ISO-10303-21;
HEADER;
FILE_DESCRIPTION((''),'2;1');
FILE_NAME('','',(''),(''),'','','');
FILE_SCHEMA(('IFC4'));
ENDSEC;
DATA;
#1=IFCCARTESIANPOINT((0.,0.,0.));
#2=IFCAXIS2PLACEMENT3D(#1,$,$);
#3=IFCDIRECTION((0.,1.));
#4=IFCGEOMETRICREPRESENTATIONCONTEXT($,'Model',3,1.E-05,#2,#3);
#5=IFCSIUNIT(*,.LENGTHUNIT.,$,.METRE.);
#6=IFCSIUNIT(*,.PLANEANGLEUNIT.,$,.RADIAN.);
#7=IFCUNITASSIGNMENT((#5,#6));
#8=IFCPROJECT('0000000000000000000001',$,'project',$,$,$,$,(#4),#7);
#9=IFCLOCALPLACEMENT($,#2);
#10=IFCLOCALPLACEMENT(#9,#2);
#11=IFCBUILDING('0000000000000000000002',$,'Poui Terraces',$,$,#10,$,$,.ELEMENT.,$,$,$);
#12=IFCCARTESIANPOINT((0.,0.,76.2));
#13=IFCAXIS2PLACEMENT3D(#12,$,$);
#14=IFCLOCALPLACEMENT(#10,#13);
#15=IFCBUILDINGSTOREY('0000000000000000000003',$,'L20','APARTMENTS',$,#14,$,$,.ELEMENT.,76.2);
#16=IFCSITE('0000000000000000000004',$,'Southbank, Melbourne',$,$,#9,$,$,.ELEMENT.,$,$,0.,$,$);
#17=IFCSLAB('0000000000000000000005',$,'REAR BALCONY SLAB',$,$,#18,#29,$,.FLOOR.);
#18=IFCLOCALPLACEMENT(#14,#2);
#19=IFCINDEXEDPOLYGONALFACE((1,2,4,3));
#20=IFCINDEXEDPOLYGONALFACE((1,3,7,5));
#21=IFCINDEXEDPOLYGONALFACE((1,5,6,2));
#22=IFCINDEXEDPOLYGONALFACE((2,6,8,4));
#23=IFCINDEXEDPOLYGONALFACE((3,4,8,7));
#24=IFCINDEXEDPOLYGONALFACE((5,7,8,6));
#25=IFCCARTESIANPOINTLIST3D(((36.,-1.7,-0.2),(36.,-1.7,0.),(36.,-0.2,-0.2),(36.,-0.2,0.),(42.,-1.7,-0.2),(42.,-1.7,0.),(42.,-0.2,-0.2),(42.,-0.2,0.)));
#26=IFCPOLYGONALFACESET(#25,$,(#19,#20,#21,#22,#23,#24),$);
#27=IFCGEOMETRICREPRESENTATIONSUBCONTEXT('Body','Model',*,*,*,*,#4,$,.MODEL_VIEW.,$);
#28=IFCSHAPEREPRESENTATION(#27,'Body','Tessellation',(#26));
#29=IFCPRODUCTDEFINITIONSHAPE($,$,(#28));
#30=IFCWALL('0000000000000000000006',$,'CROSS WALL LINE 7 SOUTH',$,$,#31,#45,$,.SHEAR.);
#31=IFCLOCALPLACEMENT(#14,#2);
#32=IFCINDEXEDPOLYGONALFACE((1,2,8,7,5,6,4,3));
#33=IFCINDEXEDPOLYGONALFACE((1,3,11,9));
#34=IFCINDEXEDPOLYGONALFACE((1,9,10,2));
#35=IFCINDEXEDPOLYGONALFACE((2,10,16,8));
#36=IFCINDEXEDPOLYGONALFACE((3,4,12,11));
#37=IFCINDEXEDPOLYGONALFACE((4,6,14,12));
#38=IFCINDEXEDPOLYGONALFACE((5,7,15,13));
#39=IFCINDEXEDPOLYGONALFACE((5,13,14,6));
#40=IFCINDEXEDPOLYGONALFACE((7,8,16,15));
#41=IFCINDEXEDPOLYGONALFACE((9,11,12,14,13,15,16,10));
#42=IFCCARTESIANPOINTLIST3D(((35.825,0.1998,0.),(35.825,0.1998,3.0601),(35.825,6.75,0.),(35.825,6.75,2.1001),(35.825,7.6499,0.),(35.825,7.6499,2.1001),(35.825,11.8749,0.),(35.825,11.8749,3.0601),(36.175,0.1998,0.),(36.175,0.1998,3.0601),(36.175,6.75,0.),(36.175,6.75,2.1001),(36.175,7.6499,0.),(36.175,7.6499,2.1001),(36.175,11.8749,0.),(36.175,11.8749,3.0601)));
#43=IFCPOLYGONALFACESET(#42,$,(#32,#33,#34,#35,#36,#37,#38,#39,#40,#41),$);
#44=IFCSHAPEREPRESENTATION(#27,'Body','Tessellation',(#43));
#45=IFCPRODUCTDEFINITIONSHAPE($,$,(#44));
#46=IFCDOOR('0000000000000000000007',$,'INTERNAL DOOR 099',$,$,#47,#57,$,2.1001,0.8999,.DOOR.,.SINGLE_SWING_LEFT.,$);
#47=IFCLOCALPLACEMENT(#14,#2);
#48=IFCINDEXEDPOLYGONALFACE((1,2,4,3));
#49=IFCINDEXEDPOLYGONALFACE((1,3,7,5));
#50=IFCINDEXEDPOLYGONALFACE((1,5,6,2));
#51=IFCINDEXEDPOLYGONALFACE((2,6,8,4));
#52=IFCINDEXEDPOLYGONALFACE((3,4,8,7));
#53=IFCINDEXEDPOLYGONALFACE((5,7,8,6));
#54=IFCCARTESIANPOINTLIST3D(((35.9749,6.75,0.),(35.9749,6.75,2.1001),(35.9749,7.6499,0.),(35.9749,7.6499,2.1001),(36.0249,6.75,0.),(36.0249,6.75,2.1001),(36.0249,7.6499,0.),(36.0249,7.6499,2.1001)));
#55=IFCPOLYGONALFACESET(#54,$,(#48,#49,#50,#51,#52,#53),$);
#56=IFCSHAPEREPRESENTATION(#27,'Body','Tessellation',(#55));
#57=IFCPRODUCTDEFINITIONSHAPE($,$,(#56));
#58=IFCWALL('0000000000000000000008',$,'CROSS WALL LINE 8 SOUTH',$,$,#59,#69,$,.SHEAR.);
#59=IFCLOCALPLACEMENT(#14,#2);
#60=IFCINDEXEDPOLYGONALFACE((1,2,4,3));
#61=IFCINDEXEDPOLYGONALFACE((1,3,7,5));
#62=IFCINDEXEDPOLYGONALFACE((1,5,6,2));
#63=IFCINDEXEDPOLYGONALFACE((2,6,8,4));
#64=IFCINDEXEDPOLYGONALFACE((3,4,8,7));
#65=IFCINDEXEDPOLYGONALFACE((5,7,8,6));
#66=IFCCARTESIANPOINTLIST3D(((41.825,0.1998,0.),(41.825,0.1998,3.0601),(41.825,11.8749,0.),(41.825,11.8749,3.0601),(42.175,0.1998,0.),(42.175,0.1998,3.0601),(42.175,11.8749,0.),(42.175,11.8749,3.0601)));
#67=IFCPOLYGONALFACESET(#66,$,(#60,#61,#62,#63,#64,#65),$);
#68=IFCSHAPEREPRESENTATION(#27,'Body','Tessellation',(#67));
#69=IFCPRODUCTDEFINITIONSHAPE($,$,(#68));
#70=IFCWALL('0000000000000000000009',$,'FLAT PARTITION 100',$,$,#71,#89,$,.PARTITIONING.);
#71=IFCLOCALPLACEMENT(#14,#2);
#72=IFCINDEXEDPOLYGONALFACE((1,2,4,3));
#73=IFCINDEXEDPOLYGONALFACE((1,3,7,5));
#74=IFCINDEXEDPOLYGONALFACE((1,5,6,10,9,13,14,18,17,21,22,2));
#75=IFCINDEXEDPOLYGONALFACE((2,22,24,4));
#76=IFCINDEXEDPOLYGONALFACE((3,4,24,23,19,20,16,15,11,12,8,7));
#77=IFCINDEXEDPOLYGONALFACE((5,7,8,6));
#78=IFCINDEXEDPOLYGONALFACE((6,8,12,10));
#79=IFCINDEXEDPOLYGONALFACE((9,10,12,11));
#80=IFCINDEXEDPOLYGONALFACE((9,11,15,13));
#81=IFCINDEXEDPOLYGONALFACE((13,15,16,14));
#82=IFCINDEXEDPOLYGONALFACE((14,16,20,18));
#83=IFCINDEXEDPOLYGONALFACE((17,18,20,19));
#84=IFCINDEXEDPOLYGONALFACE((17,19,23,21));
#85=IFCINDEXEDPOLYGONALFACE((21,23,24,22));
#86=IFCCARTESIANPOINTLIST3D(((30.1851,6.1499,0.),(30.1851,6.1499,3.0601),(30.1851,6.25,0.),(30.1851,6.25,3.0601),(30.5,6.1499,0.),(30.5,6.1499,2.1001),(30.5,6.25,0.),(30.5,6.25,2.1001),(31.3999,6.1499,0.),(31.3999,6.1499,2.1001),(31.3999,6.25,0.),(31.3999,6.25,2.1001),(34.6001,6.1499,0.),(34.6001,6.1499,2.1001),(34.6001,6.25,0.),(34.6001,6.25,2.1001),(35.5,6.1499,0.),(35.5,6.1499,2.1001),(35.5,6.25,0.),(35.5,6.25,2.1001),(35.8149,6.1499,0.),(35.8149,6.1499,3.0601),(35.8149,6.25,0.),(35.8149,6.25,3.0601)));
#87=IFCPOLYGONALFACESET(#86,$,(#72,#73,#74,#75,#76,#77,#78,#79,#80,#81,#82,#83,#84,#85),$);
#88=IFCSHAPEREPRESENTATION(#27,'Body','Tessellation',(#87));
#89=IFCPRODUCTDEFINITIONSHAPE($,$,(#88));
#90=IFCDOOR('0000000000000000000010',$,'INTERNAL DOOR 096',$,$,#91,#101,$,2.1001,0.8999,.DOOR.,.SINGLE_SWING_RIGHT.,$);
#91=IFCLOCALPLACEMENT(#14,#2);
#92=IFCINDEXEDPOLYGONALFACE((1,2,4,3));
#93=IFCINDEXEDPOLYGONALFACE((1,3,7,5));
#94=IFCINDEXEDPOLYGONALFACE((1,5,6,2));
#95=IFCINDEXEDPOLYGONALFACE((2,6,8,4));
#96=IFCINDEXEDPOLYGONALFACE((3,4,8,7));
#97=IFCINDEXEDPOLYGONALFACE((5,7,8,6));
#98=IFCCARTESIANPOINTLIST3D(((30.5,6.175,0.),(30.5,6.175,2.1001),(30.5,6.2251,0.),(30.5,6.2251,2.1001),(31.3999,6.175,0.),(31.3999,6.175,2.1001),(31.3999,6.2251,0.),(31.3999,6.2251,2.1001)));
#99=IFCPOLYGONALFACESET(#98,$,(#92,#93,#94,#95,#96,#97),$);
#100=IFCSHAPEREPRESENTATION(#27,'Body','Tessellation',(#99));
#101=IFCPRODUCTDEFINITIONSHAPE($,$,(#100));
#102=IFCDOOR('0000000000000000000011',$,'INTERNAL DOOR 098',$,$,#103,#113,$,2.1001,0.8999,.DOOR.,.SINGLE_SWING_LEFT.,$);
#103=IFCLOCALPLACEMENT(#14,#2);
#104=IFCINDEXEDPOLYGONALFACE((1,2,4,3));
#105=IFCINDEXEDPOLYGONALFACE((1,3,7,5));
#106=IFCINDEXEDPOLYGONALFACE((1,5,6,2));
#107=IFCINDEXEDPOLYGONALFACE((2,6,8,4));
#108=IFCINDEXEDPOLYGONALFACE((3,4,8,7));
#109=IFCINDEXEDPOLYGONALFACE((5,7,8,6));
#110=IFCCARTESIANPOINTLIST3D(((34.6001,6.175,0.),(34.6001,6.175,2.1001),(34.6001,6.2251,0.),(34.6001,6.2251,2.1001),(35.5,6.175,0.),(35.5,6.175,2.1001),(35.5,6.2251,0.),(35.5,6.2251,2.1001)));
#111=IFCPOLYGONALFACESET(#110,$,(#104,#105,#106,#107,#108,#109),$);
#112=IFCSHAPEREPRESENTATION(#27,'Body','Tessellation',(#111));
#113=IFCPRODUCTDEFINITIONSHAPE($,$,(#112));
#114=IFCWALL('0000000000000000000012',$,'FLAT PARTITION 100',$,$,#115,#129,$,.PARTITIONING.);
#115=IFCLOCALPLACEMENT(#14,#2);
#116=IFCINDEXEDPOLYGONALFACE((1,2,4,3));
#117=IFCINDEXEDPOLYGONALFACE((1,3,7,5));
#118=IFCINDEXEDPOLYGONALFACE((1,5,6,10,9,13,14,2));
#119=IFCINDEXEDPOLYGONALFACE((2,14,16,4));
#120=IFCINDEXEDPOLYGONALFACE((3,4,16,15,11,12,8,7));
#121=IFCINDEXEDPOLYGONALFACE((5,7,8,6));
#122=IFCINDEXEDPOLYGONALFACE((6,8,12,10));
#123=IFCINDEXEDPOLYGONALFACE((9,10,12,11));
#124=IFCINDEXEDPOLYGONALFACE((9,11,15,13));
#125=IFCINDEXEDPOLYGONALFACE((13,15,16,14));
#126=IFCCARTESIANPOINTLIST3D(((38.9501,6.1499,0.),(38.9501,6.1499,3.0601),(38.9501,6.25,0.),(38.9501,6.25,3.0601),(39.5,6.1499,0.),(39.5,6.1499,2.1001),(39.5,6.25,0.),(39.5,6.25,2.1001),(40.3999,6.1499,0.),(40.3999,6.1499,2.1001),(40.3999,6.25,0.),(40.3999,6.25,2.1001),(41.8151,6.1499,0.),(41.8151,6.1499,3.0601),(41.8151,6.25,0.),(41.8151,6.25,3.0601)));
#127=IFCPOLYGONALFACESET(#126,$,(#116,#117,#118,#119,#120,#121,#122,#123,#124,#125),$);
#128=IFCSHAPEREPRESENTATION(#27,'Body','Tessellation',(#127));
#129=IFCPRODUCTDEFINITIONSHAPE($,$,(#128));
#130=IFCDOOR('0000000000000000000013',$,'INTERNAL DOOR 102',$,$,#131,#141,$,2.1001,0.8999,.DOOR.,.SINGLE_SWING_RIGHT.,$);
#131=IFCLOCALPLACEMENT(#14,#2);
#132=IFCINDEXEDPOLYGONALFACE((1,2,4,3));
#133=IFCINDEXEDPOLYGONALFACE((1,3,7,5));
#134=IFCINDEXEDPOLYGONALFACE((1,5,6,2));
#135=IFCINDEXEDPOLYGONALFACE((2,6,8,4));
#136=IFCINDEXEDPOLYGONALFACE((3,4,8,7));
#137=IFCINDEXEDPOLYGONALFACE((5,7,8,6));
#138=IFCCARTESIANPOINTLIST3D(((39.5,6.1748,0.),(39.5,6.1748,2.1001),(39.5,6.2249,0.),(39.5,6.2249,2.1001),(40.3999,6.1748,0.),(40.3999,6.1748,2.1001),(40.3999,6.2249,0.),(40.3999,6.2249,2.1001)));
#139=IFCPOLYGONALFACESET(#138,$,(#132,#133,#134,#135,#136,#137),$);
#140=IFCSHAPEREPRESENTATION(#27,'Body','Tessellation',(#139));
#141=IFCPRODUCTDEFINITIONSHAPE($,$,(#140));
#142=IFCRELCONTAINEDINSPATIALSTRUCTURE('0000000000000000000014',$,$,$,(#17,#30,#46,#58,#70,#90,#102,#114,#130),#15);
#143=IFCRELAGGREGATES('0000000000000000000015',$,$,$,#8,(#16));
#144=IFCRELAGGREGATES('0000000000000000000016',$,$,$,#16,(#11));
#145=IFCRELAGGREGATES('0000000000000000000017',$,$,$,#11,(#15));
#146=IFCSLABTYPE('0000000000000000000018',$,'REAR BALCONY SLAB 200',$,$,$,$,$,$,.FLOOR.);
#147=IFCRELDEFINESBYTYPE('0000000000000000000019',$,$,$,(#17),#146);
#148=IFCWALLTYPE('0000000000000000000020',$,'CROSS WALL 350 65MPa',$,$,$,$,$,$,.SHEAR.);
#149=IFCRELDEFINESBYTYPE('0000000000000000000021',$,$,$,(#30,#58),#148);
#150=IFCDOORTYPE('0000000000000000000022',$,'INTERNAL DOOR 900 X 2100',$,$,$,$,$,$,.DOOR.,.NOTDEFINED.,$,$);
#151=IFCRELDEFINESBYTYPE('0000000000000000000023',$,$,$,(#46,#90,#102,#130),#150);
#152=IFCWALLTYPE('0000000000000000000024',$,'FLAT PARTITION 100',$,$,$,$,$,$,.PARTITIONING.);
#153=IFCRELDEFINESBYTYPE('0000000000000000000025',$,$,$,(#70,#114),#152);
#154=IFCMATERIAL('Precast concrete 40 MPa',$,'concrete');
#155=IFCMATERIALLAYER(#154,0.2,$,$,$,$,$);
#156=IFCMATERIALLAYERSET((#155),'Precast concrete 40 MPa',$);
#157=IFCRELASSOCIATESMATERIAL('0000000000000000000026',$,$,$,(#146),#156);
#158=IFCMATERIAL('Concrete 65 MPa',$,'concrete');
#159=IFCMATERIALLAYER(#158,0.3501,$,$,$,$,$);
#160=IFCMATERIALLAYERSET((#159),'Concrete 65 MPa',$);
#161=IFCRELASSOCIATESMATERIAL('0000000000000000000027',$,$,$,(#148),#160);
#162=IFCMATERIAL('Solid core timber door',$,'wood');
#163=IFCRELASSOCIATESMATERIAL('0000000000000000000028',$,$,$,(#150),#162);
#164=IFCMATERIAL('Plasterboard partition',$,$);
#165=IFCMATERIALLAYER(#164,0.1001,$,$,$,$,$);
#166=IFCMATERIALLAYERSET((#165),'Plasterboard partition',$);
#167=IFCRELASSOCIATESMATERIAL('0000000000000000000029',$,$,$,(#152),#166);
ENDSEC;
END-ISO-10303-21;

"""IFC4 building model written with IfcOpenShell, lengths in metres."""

from ifc_helpers import new_model, si_unit, direction, frame, frame_2d, origin, place, context, subcontext, project, spatial, polyline, rectangle, outline, extrude, source, transform, mapped, material, layer, layer_set, type_object, element, fill, save


model = new_model("IFC4")

# Units and contexts
model_context = context("Model", 3, precision=1e-05, world=origin(), true_north=direction((0.0, 1.0)))
body_context = subcontext(model_context, "Body", "Model", "MODEL_VIEW")
ifc_project = project(units=[si_unit("LENGTHUNIT", "METRE"), si_unit("PLANEANGLEUNIT", "RADIAN")], contexts=[model_context])

# Site, building, storey
site_placement = place(None, origin())
site = spatial("IfcSite", under=ifc_project, at=site_placement, Name="Southbank, Melbourne", CompositionType="ELEMENT", RefElevation=0.0)
building_placement = place(site_placement, origin())
building = spatial("IfcBuilding", under=site, at=building_placement, Name="Poui Terraces", CompositionType="ELEMENT")
storey_placement = place(building_placement, frame((0.0, 0.0, 76.2)))
storey = spatial("IfcBuildingStorey", under=building, at=storey_placement, Name="L20", Description="APARTMENTS", CompositionType="ELEMENT", Elevation=76.2)

# Slab
ifc_material_1 = material(Name="Precast concrete 40 MPa", Category="concrete")
ifc_layer_1 = layer(ifc_material_1, 0.2)
ifc_layer_set_1 = layer_set([ifc_layer_1], Name="Precast concrete 40 MPa")
slab_type = type_object("IfcSlabType", Name="REAR BALCONY SLAB 200", PredefinedType="FLOOR", material=ifc_layer_set_1)
shared_shape_1 = source(origin(), body_context, "Body", "SweptSolid", [
    extrude(outline(polyline([(0.0, 0.0), (6.0, 0.0), (6.0, 1.5), (0.0, 1.5), (0.0, 0.0)])), origin(), (0.0, 0.0, 1.0), 0.2),
])
slab_placement = place(storey_placement, frame((36.0, -1.7, -0.2)))
element("IfcSlab", 1, at=slab_placement, inside=storey, type_object=slab_type, Name="REAR BALCONY SLAB", PredefinedType="FLOOR", context=body_context, shape_type="MappedRepresentation", body=[
    mapped(shared_shape_1, transform((0.0, 0.0, 0.0))),
])

# Wall, opening, door
ifc_material_2 = material(Name="Concrete 65 MPa", Category="concrete")
ifc_layer_2 = layer(ifc_material_2, 0.3501)
ifc_layer_set_2 = layer_set([ifc_layer_2], Name="Concrete 65 MPa")
wall_type_1 = type_object("IfcWallType", Name="CROSS WALL 350 65MPa", PredefinedType="SHEAR", material=ifc_layer_set_2)
wall_1_placement = place(storey_placement, frame((36.0, 0.2, 0.0), z_axis=(0.0, 0.0, 1.0), x_axis=(0.0, 1.0, 0.0)))
wall_1 = element("IfcWall", 2, at=wall_1_placement, inside=storey, type_object=wall_type_1, Name="CROSS WALL LINE 7 SOUTH", PredefinedType="SHEAR", context=body_context, shape_type="SweptSolid", body=[
    extrude(rectangle(XDim=11.675, YDim=0.3501, at=frame_2d((5.8374, 0.0))), origin(), (0.0, 0.0, 1.0), 3.0601),
])
opening_1_placement = place(wall_1_placement, frame((6.55, 0.0, 0.0)))
opening_1 = element("IfcOpeningElement", 3, at=opening_1_placement, cuts=wall_1, PredefinedType="OPENING", context=body_context, shape_type="SweptSolid", body=[
    extrude(rectangle(XDim=0.8999, YDim=2.1001, at=frame_2d((0.45, 1.05))), frame((0.0, 0.1851, 0.0), z_axis=(0.0, -1.0, 0.0), x_axis=(1.0, 0.0, 0.0)), (0.0, 0.0, 1.0), 0.3701),
])
ifc_material_3 = material(Name="Solid core timber door", Category="wood")
door_type_1 = type_object("IfcDoorType", Name="INTERNAL DOOR 900 X 2100", OperationType="NOTDEFINED", PredefinedType="DOOR", material=ifc_material_3)
door_1_placement = place(opening_1_placement, frame((0.8999, 0.0, 0.0), z_axis=(0.0, 0.0, 1.0), x_axis=(-1.0, 0.0, 0.0)))
door_1 = element("IfcDoor", 4, at=door_1_placement, inside=storey, type_object=door_type_1, Name="INTERNAL DOOR 099", OperationType="SINGLE_SWING_LEFT", OverallHeight=2.1001, OverallWidth=0.8999, PredefinedType="DOOR", context=body_context, shape_type="SweptSolid", body=[
    extrude(rectangle(XDim=0.8999, YDim=2.1001, at=frame_2d((0.45, 1.05))), frame((0.0, 0.0249, 0.0), z_axis=(0.0, -1.0, 0.0), x_axis=(1.0, 0.0, 0.0)), (0.0, 0.0, 1.0), 0.05),
])
fill(opening_1, door_1)

# Wall
wall_2_placement = place(storey_placement, frame((42.0, 0.2, 0.0), z_axis=(0.0, 0.0, 1.0), x_axis=(0.0, 1.0, 0.0)))
element("IfcWall", 5, at=wall_2_placement, inside=storey, type_object=wall_type_1, Name="CROSS WALL LINE 8 SOUTH", PredefinedType="SHEAR", context=body_context, shape_type="SweptSolid", body=[
    extrude(rectangle(XDim=11.675, YDim=0.3501, at=frame_2d((5.8374, 0.0))), origin(), (0.0, 0.0, 1.0), 3.0601),
])

# Wall, openings, doors
ifc_material_4 = material(Name="Plasterboard partition")
ifc_layer_3 = layer(ifc_material_4, 0.1001)
ifc_layer_set_3 = layer_set([ifc_layer_3], Name="Plasterboard partition")
wall_type_2 = type_object("IfcWallType", Name="FLAT PARTITION 100", PredefinedType="PARTITIONING", material=ifc_layer_set_3)
wall_3_placement = place(storey_placement, frame((30.1851, 6.2, 0.0), z_axis=(0.0, 0.0, 1.0), x_axis=(1.0, 0.0, 0.0)))
wall_3 = element("IfcWall", 6, at=wall_3_placement, inside=storey, type_object=wall_type_2, Name="FLAT PARTITION 100", PredefinedType="PARTITIONING", context=body_context, shape_type="SweptSolid", body=[
    extrude(rectangle(XDim=5.6299, YDim=0.1001, at=frame_2d((2.8149, 0.0))), origin(), (0.0, 0.0, 1.0), 3.0601),
])
opening_2_placement = place(wall_3_placement, frame((0.3149, 0.0, 0.0)))
opening_2 = element("IfcOpeningElement", 7, at=opening_2_placement, cuts=wall_3, PredefinedType="OPENING", context=body_context, shape_type="SweptSolid", body=[
    extrude(rectangle(XDim=0.8999, YDim=2.1001, at=frame_2d((0.45, 1.05))), frame((0.0, 0.0601, 0.0), z_axis=(0.0, -1.0, 0.0), x_axis=(1.0, 0.0, 0.0)), (0.0, 0.0, 1.0), 0.1201),
])
opening_3_placement = place(wall_3_placement, frame((4.415, 0.0, 0.0)))
opening_3 = element("IfcOpeningElement", 8, at=opening_3_placement, cuts=wall_3, PredefinedType="OPENING", context=body_context, shape_type="SweptSolid", body=[
    extrude(rectangle(XDim=0.8999, YDim=2.1001, at=frame_2d((0.45, 1.05))), frame((0.0, 0.0601, 0.0), z_axis=(0.0, -1.0, 0.0), x_axis=(1.0, 0.0, 0.0)), (0.0, 0.0, 1.0), 0.1201),
])
door_2_placement = place(opening_2_placement, frame((0.8999, 0.0, 0.0), z_axis=(0.0, 0.0, 1.0), x_axis=(-1.0, 0.0, 0.0)))
door_2 = element("IfcDoor", 9, at=door_2_placement, inside=storey, type_object=door_type_1, Name="INTERNAL DOOR 096", OperationType="SINGLE_SWING_RIGHT", OverallHeight=2.1001, OverallWidth=0.8999, PredefinedType="DOOR", context=body_context, shape_type="SweptSolid", body=[
    extrude(rectangle(XDim=0.8999, YDim=2.1001, at=frame_2d((0.45, 1.05))), frame((0.0, 0.0249, 0.0), z_axis=(0.0, -1.0, 0.0), x_axis=(1.0, 0.0, 0.0)), (0.0, 0.0, 1.0), 0.05),
])
fill(opening_2, door_2)
door_3_placement = place(opening_3_placement, frame((0.8999, 0.0, 0.0), z_axis=(0.0, 0.0, 1.0), x_axis=(-1.0, 0.0, 0.0)))
door_3 = element("IfcDoor", 10, at=door_3_placement, inside=storey, type_object=door_type_1, Name="INTERNAL DOOR 098", OperationType="SINGLE_SWING_LEFT", OverallHeight=2.1001, OverallWidth=0.8999, PredefinedType="DOOR", context=body_context, shape_type="SweptSolid", body=[
    extrude(rectangle(XDim=0.8999, YDim=2.1001, at=frame_2d((0.45, 1.05))), frame((0.0, 0.0249, 0.0), z_axis=(0.0, -1.0, 0.0), x_axis=(1.0, 0.0, 0.0)), (0.0, 0.0, 1.0), 0.05),
])
fill(opening_3, door_3)

# Wall, opening, door
wall_4_placement = place(storey_placement, frame((38.95, 6.2, 0.0), z_axis=(0.0, 0.0, 1.0), x_axis=(1.0, 0.0, 0.0)))
wall_4 = element("IfcWall", 11, at=wall_4_placement, inside=storey, type_object=wall_type_2, Name="FLAT PARTITION 100", PredefinedType="PARTITIONING", context=body_context, shape_type="SweptSolid", body=[
    extrude(rectangle(XDim=2.865, YDim=0.1001, at=frame_2d((1.4326, 0.0))), origin(), (0.0, 0.0, 1.0), 3.0601),
])
opening_4_placement = place(wall_4_placement, frame((0.55, 0.0, 0.0)))
opening_4 = element("IfcOpeningElement", 12, at=opening_4_placement, cuts=wall_4, PredefinedType="OPENING", context=body_context, shape_type="SweptSolid", body=[
    extrude(rectangle(XDim=0.8999, YDim=2.1001, at=frame_2d((0.45, 1.05))), frame((0.0, 0.0601, 0.0), z_axis=(0.0, -1.0, 0.0), x_axis=(1.0, 0.0, 0.0)), (0.0, 0.0, 1.0), 0.1201),
])
door_4_placement = place(opening_4_placement, origin())
door_4 = element("IfcDoor", 13, at=door_4_placement, inside=storey, type_object=door_type_1, Name="INTERNAL DOOR 102", OperationType="SINGLE_SWING_RIGHT", OverallHeight=2.1001, OverallWidth=0.8999, PredefinedType="DOOR", context=body_context, shape_type="SweptSolid", body=[
    extrude(rectangle(XDim=0.8999, YDim=2.1001, at=frame_2d((0.45, 1.05))), frame((0.0, 0.0249, 0.0), z_axis=(0.0, -1.0, 0.0), x_axis=(1.0, 0.0, 0.0)), (0.0, 0.0, 1.0), 0.05),
])
fill(opening_4, door_4)

save(model, "model.ifc")
